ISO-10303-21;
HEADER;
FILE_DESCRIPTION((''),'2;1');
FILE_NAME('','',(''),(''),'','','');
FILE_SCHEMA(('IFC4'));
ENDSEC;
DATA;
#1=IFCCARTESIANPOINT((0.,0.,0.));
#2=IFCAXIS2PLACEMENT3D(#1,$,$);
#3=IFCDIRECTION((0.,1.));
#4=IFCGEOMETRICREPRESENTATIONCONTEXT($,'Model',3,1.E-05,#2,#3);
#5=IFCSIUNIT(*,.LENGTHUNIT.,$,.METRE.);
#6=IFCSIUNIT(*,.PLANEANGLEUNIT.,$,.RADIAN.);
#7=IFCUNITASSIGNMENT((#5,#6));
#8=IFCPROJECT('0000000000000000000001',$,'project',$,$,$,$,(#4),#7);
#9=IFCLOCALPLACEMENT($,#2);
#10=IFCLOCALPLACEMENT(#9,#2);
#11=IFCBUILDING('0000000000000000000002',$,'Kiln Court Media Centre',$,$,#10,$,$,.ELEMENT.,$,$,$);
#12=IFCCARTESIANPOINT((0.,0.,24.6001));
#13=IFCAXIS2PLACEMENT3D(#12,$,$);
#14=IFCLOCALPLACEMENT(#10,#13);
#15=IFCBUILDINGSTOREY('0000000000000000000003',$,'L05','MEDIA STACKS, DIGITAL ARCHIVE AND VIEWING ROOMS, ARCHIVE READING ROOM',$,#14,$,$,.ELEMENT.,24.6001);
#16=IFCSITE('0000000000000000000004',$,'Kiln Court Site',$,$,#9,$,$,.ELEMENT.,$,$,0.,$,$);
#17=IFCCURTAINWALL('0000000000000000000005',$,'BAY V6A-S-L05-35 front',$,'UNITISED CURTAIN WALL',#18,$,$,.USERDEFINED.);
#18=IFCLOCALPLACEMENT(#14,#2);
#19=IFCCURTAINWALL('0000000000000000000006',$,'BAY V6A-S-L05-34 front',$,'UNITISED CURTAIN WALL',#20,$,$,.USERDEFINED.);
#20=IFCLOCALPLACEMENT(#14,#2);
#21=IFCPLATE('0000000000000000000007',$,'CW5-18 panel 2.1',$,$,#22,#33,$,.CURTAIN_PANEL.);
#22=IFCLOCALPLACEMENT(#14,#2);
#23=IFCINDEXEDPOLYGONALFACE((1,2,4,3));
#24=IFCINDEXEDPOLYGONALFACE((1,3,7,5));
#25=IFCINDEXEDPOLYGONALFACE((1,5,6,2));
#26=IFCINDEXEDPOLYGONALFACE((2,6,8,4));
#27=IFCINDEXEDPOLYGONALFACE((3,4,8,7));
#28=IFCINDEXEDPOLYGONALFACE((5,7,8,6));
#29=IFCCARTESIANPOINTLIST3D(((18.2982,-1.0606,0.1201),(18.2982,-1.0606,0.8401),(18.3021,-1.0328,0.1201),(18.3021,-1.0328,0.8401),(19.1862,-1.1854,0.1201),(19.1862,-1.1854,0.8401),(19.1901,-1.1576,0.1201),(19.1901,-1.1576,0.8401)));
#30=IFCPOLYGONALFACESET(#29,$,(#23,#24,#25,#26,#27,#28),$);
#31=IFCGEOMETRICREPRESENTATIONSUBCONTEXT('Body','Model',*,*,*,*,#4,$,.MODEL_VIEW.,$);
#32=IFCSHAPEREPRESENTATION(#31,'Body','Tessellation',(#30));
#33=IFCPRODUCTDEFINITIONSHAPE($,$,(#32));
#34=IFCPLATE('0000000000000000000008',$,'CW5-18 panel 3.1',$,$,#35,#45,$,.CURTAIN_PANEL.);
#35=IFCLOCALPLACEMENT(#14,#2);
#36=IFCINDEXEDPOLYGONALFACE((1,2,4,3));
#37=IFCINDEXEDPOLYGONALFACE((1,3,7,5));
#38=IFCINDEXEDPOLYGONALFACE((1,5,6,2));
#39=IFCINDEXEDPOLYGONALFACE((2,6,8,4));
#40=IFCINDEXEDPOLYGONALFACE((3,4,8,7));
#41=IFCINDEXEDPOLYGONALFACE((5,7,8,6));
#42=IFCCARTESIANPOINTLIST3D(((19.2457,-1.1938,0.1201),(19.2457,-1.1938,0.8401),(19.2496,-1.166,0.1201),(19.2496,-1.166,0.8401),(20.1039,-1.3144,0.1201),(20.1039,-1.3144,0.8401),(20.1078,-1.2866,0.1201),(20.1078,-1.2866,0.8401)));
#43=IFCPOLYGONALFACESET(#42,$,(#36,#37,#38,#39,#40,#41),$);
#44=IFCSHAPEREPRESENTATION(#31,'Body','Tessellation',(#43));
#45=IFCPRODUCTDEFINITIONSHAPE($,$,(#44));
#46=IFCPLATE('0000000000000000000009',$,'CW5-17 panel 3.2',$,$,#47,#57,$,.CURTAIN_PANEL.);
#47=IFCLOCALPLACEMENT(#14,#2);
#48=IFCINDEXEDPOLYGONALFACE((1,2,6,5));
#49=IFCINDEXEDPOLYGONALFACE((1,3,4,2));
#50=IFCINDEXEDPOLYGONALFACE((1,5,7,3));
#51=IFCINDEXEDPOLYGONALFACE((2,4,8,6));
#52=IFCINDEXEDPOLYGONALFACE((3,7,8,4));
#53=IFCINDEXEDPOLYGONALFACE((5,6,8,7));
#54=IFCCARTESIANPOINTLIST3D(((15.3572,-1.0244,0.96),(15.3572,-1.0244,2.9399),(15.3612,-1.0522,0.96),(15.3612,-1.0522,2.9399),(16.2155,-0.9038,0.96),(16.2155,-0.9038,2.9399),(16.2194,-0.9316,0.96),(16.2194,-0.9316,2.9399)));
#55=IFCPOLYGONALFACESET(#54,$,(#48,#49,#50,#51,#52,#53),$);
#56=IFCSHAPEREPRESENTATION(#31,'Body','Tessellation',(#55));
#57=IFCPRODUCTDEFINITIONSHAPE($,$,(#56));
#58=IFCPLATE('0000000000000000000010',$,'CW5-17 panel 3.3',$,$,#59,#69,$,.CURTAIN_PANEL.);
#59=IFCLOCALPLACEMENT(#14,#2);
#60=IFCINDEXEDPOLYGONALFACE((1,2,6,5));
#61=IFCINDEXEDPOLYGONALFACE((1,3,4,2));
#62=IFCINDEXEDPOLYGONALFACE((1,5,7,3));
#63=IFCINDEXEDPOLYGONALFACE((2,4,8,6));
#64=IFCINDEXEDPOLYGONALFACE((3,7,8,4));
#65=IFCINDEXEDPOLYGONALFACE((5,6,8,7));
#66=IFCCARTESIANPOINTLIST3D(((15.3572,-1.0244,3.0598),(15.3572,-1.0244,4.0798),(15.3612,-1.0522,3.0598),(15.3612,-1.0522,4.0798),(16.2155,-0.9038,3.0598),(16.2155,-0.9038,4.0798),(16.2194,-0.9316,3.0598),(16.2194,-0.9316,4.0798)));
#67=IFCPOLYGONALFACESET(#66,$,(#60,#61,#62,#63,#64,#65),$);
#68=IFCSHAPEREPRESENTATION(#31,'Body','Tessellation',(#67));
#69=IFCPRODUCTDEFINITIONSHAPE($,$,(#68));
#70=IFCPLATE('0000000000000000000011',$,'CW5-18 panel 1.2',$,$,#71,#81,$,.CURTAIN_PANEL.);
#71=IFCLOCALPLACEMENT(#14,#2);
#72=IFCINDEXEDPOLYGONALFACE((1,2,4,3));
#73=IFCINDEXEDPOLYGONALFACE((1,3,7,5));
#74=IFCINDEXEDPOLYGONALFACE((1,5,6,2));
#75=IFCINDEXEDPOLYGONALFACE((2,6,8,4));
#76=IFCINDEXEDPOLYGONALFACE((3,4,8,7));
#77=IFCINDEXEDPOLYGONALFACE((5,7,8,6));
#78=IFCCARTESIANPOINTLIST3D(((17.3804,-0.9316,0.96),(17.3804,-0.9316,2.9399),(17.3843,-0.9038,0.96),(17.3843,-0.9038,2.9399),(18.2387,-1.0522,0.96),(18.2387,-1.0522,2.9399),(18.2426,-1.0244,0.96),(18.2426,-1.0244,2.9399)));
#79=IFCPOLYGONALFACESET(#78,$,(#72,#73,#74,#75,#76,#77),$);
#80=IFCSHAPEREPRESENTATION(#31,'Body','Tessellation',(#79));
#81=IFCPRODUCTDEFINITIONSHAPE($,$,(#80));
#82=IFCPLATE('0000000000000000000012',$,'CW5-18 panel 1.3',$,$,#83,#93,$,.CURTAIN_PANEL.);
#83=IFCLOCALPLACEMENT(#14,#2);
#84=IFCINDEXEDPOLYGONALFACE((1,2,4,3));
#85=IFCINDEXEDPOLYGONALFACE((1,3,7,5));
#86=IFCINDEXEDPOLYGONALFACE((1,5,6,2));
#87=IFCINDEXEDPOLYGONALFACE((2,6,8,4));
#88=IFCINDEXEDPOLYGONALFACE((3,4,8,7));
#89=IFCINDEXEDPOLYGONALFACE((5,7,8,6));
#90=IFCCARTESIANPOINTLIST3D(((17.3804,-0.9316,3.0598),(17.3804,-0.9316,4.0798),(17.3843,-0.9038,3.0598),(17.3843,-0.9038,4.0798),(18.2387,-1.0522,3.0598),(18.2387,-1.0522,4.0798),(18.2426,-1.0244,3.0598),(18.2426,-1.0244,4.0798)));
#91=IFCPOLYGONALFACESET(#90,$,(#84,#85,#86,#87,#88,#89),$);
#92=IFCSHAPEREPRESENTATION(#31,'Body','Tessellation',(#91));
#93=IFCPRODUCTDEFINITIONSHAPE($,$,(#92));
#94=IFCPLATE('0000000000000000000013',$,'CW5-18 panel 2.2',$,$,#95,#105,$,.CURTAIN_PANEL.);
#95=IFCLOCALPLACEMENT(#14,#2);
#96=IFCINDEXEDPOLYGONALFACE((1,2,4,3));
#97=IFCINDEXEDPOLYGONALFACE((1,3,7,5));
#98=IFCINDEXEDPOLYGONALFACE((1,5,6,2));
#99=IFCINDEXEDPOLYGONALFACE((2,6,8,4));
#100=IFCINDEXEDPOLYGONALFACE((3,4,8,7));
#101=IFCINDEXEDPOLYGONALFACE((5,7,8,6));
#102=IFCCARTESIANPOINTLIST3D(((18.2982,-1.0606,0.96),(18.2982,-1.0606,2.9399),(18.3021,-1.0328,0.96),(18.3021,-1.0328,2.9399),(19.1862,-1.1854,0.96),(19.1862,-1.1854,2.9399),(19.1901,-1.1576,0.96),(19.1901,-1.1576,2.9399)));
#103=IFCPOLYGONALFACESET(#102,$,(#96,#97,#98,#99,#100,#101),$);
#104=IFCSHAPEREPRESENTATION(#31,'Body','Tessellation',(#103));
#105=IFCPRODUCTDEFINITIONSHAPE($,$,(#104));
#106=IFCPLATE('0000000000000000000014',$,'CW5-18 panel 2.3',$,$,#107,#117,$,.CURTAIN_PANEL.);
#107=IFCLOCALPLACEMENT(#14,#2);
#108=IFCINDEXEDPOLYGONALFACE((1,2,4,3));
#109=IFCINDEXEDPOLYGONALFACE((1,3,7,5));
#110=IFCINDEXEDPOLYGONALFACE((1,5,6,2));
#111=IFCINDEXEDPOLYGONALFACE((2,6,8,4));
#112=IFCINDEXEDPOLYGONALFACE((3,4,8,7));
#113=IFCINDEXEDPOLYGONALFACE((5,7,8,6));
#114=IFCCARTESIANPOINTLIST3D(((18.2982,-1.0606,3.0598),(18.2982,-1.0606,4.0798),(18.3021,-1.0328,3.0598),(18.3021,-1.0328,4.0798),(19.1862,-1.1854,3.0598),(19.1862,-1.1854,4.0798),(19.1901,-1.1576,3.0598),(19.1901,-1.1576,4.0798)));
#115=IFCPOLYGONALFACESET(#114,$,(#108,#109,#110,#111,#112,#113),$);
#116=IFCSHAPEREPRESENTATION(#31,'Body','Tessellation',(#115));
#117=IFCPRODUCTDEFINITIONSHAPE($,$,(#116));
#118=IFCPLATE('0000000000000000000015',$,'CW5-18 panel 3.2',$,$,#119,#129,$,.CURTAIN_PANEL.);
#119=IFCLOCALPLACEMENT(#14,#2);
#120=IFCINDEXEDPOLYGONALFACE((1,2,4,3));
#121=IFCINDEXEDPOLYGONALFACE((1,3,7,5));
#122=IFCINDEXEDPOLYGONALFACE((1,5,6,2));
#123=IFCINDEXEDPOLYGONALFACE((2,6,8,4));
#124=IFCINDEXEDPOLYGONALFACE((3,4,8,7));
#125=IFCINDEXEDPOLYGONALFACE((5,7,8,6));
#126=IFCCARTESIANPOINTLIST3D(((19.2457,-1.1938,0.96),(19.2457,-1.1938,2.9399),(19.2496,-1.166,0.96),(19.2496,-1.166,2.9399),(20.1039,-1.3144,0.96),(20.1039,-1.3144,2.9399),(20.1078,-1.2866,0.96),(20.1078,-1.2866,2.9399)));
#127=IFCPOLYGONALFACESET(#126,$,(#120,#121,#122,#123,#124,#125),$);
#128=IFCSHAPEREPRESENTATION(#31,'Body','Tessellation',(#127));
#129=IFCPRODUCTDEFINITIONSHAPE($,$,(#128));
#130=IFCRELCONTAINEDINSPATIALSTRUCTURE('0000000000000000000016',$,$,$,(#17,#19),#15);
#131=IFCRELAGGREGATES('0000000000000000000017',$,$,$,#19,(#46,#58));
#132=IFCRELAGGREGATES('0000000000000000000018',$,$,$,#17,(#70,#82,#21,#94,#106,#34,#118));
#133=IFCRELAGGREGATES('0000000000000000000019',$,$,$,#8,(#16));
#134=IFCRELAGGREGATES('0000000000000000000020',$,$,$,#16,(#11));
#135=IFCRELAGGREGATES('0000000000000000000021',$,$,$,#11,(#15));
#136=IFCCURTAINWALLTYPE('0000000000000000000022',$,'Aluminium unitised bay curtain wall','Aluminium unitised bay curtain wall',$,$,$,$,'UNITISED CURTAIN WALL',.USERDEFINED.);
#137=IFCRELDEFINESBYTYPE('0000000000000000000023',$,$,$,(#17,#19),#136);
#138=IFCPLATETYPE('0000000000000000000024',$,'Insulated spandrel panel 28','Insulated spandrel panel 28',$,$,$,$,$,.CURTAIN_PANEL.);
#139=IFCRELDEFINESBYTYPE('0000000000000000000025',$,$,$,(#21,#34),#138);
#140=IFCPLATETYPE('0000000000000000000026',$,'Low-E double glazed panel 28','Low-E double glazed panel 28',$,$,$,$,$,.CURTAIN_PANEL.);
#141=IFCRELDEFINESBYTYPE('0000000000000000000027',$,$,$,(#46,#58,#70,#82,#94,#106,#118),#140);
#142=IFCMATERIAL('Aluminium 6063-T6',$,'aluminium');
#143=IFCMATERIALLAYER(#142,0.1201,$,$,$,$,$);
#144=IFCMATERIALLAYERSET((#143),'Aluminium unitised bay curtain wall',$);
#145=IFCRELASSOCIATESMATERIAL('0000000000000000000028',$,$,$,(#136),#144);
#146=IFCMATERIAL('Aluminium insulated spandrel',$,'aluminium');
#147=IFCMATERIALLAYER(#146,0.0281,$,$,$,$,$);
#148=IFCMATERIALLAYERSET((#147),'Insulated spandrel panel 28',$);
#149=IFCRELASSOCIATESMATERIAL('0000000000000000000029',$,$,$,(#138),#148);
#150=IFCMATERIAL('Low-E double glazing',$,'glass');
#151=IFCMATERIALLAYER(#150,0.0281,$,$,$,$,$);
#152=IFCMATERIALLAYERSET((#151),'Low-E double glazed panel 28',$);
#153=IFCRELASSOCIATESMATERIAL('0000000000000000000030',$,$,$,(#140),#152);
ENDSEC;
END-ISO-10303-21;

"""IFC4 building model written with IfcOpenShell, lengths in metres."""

from ifc_helpers import new_model, si_unit, direction, frame, origin, origin_2d, place, context, subcontext, project, spatial, rectangle, extrude, material, layer, layer_set, type_object, element, aggregate, save


model = new_model("IFC4")

# Units and contexts
model_context = context("Model", 3, precision=1e-05, world=origin(), true_north=direction((0.0, 1.0)))
body_context = subcontext(model_context, "Body", "Model", "MODEL_VIEW")
ifc_project = project(units=[si_unit("LENGTHUNIT", "METRE"), si_unit("PLANEANGLEUNIT", "RADIAN")], contexts=[model_context])

# Site, building, storey
site_placement = place(None, origin())
site = spatial("IfcSite", under=ifc_project, at=site_placement, Name="Kiln Court Site", CompositionType="ELEMENT", RefElevation=0.0)
building_placement = place(site_placement, origin())
building = spatial("IfcBuilding", under=site, at=building_placement, Name="Kiln Court Media Centre", CompositionType="ELEMENT")
storey_placement = place(building_placement, frame((0.0, 0.0, 24.6001)))
storey = spatial("IfcBuildingStorey", under=building, at=storey_placement, Name="L05", Description="MEDIA STACKS, DIGITAL ARCHIVE AND VIEWING ROOMS, ARCHIVE READING ROOM", CompositionType="ELEMENT", Elevation=24.6001)

# Curtain walls
ifc_material_1 = material(Name="Aluminium 6063-T6", Category="aluminium")
ifc_layer_1 = layer(ifc_material_1, 0.1201)
ifc_layer_set_1 = layer_set([ifc_layer_1], Name="Aluminium unitised bay curtain wall")
curtain_wall_type = type_object("IfcCurtainWallType", Name="Aluminium unitised bay curtain wall", Description="Aluminium unitised bay curtain wall", ElementType="UNITISED CURTAIN WALL", PredefinedType="USERDEFINED", material=ifc_layer_set_1)
curtain_wall_1_placement = place(storey_placement, origin())
curtain_wall_1 = element("IfcCurtainWall", 1, at=curtain_wall_1_placement, inside=storey, type_object=curtain_wall_type, Name="BAY V6A-S-L05-35 front", ObjectType="UNITISED CURTAIN WALL", PredefinedType="USERDEFINED")
curtain_wall_2_placement = place(storey_placement, origin())
curtain_wall_2 = element("IfcCurtainWall", 2, at=curtain_wall_2_placement, inside=storey, type_object=curtain_wall_type, Name="BAY V6A-S-L05-34 front", ObjectType="UNITISED CURTAIN WALL", PredefinedType="USERDEFINED")

# Plates
ifc_material_2 = material(Name="Aluminium insulated spandrel", Category="aluminium")
ifc_layer_2 = layer(ifc_material_2, 0.0281)
ifc_layer_set_2 = layer_set([ifc_layer_2], Name="Insulated spandrel panel 28")
plate_type_1 = type_object("IfcPlateType", Name="Insulated spandrel panel 28", Description="Insulated spandrel panel 28", PredefinedType="CURTAIN_PANEL", material=ifc_layer_set_2)
plate_1_placement = place(storey_placement, frame((18.7441, -1.1091, 0.1201), z_axis=(0.0, 0.0, 1.0), x_axis=(0.99027, -0.139162, 0.0)))
plate_1 = element("IfcPlate", 3, at=plate_1_placement, type_object=plate_type_1, Name="CW5-18 panel 2.1", PredefinedType="CURTAIN_PANEL", context=body_context, shape_type="SweptSolid", body=[
    extrude(rectangle(XDim=0.8967, YDim=0.0281, at=origin_2d()), origin(), (0.0, 0.0, 1.0), 0.72),
])
plate_2_placement = place(storey_placement, frame((19.6768, -1.2402, 0.1201), z_axis=(0.0, 0.0, 1.0), x_axis=(0.99027, -0.139162, 0.0)))
plate_2 = element("IfcPlate", 4, at=plate_2_placement, type_object=plate_type_1, Name="CW5-18 panel 3.1", PredefinedType="CURTAIN_PANEL", context=body_context, shape_type="SweptSolid", body=[
    extrude(rectangle(XDim=0.8667, YDim=0.0281, at=origin_2d()), origin(), (0.0, 0.0, 1.0), 0.72),
])
ifc_material_3 = material(Name="Low-E double glazing", Category="glass")
ifc_layer_3 = layer(ifc_material_3, 0.0281)
ifc_layer_set_3 = layer_set([ifc_layer_3], Name="Low-E double glazed panel 28")
plate_type_2 = type_object("IfcPlateType", Name="Low-E double glazed panel 28", Description="Low-E double glazed panel 28", PredefinedType="CURTAIN_PANEL", material=ifc_layer_set_3)
plate_3_placement = place(storey_placement, frame((15.7883, -0.978, 0.96), z_axis=(0.0, 0.0, 1.0), x_axis=(0.99027, 0.139162, 0.0)))
plate_3 = element("IfcPlate", 5, at=plate_3_placement, type_object=plate_type_2, Name="CW5-17 panel 3.2", PredefinedType="CURTAIN_PANEL", context=body_context, shape_type="SweptSolid", body=[
    extrude(rectangle(XDim=0.8667, YDim=0.0281, at=origin_2d()), origin(), (0.0, 0.0, 1.0), 1.98),
])
plate_4_placement = place(storey_placement, frame((15.7883, -0.978, 3.0598), z_axis=(0.0, 0.0, 1.0), x_axis=(0.99027, 0.139162, 0.0)))
plate_4 = element("IfcPlate", 6, at=plate_4_placement, type_object=plate_type_2, Name="CW5-17 panel 3.3", PredefinedType="CURTAIN_PANEL", context=body_context, shape_type="SweptSolid", body=[
    extrude(rectangle(XDim=0.8667, YDim=0.0281, at=origin_2d()), origin(), (0.0, 0.0, 1.0), 1.02),
])
aggregate(curtain_wall_2, [plate_3, plate_4])
plate_5_placement = place(storey_placement, frame((17.8115, -0.978, 0.96), z_axis=(0.0, 0.0, 1.0), x_axis=(0.99027, -0.139162, 0.0)))
plate_5 = element("IfcPlate", 7, at=plate_5_placement, type_object=plate_type_2, Name="CW5-18 panel 1.2", PredefinedType="CURTAIN_PANEL", context=body_context, shape_type="SweptSolid", body=[
    extrude(rectangle(XDim=0.8667, YDim=0.0281, at=origin_2d()), origin(), (0.0, 0.0, 1.0), 1.98),
])
plate_6_placement = place(storey_placement, frame((17.8115, -0.978, 3.0598), z_axis=(0.0, 0.0, 1.0), x_axis=(0.99027, -0.139162, 0.0)))
plate_6 = element("IfcPlate", 8, at=plate_6_placement, type_object=plate_type_2, Name="CW5-18 panel 1.3", PredefinedType="CURTAIN_PANEL", context=body_context, shape_type="SweptSolid", body=[
    extrude(rectangle(XDim=0.8667, YDim=0.0281, at=origin_2d()), origin(), (0.0, 0.0, 1.0), 1.02),
])
plate_7_placement = place(storey_placement, frame((18.7441, -1.1091, 0.96), z_axis=(0.0, 0.0, 1.0), x_axis=(0.99027, -0.139162, 0.0)))
plate_7 = element("IfcPlate", 9, at=plate_7_placement, type_object=plate_type_2, Name="CW5-18 panel 2.2", PredefinedType="CURTAIN_PANEL", context=body_context, shape_type="SweptSolid", body=[
    extrude(rectangle(XDim=0.8967, YDim=0.0281, at=origin_2d()), origin(), (0.0, 0.0, 1.0), 1.98),
])
plate_8_placement = place(storey_placement, frame((18.7441, -1.1091, 3.0598), z_axis=(0.0, 0.0, 1.0), x_axis=(0.99027, -0.139162, 0.0)))
plate_8 = element("IfcPlate", 10, at=plate_8_placement, type_object=plate_type_2, Name="CW5-18 panel 2.3", PredefinedType="CURTAIN_PANEL", context=body_context, shape_type="SweptSolid", body=[
    extrude(rectangle(XDim=0.8967, YDim=0.0281, at=origin_2d()), origin(), (0.0, 0.0, 1.0), 1.02),
])
plate_9_placement = place(storey_placement, frame((19.6768, -1.2402, 0.96), z_axis=(0.0, 0.0, 1.0), x_axis=(0.99027, -0.139162, 0.0)))
plate_9 = element("IfcPlate", 11, at=plate_9_placement, type_object=plate_type_2, Name="CW5-18 panel 3.2", PredefinedType="CURTAIN_PANEL", context=body_context, shape_type="SweptSolid", body=[
    extrude(rectangle(XDim=0.8667, YDim=0.0281, at=origin_2d()), origin(), (0.0, 0.0, 1.0), 1.98),
])
aggregate(curtain_wall_1, [plate_5, plate_6, plate_1, plate_7, plate_8, plate_2, plate_9])

save(model, "model.ifc")
